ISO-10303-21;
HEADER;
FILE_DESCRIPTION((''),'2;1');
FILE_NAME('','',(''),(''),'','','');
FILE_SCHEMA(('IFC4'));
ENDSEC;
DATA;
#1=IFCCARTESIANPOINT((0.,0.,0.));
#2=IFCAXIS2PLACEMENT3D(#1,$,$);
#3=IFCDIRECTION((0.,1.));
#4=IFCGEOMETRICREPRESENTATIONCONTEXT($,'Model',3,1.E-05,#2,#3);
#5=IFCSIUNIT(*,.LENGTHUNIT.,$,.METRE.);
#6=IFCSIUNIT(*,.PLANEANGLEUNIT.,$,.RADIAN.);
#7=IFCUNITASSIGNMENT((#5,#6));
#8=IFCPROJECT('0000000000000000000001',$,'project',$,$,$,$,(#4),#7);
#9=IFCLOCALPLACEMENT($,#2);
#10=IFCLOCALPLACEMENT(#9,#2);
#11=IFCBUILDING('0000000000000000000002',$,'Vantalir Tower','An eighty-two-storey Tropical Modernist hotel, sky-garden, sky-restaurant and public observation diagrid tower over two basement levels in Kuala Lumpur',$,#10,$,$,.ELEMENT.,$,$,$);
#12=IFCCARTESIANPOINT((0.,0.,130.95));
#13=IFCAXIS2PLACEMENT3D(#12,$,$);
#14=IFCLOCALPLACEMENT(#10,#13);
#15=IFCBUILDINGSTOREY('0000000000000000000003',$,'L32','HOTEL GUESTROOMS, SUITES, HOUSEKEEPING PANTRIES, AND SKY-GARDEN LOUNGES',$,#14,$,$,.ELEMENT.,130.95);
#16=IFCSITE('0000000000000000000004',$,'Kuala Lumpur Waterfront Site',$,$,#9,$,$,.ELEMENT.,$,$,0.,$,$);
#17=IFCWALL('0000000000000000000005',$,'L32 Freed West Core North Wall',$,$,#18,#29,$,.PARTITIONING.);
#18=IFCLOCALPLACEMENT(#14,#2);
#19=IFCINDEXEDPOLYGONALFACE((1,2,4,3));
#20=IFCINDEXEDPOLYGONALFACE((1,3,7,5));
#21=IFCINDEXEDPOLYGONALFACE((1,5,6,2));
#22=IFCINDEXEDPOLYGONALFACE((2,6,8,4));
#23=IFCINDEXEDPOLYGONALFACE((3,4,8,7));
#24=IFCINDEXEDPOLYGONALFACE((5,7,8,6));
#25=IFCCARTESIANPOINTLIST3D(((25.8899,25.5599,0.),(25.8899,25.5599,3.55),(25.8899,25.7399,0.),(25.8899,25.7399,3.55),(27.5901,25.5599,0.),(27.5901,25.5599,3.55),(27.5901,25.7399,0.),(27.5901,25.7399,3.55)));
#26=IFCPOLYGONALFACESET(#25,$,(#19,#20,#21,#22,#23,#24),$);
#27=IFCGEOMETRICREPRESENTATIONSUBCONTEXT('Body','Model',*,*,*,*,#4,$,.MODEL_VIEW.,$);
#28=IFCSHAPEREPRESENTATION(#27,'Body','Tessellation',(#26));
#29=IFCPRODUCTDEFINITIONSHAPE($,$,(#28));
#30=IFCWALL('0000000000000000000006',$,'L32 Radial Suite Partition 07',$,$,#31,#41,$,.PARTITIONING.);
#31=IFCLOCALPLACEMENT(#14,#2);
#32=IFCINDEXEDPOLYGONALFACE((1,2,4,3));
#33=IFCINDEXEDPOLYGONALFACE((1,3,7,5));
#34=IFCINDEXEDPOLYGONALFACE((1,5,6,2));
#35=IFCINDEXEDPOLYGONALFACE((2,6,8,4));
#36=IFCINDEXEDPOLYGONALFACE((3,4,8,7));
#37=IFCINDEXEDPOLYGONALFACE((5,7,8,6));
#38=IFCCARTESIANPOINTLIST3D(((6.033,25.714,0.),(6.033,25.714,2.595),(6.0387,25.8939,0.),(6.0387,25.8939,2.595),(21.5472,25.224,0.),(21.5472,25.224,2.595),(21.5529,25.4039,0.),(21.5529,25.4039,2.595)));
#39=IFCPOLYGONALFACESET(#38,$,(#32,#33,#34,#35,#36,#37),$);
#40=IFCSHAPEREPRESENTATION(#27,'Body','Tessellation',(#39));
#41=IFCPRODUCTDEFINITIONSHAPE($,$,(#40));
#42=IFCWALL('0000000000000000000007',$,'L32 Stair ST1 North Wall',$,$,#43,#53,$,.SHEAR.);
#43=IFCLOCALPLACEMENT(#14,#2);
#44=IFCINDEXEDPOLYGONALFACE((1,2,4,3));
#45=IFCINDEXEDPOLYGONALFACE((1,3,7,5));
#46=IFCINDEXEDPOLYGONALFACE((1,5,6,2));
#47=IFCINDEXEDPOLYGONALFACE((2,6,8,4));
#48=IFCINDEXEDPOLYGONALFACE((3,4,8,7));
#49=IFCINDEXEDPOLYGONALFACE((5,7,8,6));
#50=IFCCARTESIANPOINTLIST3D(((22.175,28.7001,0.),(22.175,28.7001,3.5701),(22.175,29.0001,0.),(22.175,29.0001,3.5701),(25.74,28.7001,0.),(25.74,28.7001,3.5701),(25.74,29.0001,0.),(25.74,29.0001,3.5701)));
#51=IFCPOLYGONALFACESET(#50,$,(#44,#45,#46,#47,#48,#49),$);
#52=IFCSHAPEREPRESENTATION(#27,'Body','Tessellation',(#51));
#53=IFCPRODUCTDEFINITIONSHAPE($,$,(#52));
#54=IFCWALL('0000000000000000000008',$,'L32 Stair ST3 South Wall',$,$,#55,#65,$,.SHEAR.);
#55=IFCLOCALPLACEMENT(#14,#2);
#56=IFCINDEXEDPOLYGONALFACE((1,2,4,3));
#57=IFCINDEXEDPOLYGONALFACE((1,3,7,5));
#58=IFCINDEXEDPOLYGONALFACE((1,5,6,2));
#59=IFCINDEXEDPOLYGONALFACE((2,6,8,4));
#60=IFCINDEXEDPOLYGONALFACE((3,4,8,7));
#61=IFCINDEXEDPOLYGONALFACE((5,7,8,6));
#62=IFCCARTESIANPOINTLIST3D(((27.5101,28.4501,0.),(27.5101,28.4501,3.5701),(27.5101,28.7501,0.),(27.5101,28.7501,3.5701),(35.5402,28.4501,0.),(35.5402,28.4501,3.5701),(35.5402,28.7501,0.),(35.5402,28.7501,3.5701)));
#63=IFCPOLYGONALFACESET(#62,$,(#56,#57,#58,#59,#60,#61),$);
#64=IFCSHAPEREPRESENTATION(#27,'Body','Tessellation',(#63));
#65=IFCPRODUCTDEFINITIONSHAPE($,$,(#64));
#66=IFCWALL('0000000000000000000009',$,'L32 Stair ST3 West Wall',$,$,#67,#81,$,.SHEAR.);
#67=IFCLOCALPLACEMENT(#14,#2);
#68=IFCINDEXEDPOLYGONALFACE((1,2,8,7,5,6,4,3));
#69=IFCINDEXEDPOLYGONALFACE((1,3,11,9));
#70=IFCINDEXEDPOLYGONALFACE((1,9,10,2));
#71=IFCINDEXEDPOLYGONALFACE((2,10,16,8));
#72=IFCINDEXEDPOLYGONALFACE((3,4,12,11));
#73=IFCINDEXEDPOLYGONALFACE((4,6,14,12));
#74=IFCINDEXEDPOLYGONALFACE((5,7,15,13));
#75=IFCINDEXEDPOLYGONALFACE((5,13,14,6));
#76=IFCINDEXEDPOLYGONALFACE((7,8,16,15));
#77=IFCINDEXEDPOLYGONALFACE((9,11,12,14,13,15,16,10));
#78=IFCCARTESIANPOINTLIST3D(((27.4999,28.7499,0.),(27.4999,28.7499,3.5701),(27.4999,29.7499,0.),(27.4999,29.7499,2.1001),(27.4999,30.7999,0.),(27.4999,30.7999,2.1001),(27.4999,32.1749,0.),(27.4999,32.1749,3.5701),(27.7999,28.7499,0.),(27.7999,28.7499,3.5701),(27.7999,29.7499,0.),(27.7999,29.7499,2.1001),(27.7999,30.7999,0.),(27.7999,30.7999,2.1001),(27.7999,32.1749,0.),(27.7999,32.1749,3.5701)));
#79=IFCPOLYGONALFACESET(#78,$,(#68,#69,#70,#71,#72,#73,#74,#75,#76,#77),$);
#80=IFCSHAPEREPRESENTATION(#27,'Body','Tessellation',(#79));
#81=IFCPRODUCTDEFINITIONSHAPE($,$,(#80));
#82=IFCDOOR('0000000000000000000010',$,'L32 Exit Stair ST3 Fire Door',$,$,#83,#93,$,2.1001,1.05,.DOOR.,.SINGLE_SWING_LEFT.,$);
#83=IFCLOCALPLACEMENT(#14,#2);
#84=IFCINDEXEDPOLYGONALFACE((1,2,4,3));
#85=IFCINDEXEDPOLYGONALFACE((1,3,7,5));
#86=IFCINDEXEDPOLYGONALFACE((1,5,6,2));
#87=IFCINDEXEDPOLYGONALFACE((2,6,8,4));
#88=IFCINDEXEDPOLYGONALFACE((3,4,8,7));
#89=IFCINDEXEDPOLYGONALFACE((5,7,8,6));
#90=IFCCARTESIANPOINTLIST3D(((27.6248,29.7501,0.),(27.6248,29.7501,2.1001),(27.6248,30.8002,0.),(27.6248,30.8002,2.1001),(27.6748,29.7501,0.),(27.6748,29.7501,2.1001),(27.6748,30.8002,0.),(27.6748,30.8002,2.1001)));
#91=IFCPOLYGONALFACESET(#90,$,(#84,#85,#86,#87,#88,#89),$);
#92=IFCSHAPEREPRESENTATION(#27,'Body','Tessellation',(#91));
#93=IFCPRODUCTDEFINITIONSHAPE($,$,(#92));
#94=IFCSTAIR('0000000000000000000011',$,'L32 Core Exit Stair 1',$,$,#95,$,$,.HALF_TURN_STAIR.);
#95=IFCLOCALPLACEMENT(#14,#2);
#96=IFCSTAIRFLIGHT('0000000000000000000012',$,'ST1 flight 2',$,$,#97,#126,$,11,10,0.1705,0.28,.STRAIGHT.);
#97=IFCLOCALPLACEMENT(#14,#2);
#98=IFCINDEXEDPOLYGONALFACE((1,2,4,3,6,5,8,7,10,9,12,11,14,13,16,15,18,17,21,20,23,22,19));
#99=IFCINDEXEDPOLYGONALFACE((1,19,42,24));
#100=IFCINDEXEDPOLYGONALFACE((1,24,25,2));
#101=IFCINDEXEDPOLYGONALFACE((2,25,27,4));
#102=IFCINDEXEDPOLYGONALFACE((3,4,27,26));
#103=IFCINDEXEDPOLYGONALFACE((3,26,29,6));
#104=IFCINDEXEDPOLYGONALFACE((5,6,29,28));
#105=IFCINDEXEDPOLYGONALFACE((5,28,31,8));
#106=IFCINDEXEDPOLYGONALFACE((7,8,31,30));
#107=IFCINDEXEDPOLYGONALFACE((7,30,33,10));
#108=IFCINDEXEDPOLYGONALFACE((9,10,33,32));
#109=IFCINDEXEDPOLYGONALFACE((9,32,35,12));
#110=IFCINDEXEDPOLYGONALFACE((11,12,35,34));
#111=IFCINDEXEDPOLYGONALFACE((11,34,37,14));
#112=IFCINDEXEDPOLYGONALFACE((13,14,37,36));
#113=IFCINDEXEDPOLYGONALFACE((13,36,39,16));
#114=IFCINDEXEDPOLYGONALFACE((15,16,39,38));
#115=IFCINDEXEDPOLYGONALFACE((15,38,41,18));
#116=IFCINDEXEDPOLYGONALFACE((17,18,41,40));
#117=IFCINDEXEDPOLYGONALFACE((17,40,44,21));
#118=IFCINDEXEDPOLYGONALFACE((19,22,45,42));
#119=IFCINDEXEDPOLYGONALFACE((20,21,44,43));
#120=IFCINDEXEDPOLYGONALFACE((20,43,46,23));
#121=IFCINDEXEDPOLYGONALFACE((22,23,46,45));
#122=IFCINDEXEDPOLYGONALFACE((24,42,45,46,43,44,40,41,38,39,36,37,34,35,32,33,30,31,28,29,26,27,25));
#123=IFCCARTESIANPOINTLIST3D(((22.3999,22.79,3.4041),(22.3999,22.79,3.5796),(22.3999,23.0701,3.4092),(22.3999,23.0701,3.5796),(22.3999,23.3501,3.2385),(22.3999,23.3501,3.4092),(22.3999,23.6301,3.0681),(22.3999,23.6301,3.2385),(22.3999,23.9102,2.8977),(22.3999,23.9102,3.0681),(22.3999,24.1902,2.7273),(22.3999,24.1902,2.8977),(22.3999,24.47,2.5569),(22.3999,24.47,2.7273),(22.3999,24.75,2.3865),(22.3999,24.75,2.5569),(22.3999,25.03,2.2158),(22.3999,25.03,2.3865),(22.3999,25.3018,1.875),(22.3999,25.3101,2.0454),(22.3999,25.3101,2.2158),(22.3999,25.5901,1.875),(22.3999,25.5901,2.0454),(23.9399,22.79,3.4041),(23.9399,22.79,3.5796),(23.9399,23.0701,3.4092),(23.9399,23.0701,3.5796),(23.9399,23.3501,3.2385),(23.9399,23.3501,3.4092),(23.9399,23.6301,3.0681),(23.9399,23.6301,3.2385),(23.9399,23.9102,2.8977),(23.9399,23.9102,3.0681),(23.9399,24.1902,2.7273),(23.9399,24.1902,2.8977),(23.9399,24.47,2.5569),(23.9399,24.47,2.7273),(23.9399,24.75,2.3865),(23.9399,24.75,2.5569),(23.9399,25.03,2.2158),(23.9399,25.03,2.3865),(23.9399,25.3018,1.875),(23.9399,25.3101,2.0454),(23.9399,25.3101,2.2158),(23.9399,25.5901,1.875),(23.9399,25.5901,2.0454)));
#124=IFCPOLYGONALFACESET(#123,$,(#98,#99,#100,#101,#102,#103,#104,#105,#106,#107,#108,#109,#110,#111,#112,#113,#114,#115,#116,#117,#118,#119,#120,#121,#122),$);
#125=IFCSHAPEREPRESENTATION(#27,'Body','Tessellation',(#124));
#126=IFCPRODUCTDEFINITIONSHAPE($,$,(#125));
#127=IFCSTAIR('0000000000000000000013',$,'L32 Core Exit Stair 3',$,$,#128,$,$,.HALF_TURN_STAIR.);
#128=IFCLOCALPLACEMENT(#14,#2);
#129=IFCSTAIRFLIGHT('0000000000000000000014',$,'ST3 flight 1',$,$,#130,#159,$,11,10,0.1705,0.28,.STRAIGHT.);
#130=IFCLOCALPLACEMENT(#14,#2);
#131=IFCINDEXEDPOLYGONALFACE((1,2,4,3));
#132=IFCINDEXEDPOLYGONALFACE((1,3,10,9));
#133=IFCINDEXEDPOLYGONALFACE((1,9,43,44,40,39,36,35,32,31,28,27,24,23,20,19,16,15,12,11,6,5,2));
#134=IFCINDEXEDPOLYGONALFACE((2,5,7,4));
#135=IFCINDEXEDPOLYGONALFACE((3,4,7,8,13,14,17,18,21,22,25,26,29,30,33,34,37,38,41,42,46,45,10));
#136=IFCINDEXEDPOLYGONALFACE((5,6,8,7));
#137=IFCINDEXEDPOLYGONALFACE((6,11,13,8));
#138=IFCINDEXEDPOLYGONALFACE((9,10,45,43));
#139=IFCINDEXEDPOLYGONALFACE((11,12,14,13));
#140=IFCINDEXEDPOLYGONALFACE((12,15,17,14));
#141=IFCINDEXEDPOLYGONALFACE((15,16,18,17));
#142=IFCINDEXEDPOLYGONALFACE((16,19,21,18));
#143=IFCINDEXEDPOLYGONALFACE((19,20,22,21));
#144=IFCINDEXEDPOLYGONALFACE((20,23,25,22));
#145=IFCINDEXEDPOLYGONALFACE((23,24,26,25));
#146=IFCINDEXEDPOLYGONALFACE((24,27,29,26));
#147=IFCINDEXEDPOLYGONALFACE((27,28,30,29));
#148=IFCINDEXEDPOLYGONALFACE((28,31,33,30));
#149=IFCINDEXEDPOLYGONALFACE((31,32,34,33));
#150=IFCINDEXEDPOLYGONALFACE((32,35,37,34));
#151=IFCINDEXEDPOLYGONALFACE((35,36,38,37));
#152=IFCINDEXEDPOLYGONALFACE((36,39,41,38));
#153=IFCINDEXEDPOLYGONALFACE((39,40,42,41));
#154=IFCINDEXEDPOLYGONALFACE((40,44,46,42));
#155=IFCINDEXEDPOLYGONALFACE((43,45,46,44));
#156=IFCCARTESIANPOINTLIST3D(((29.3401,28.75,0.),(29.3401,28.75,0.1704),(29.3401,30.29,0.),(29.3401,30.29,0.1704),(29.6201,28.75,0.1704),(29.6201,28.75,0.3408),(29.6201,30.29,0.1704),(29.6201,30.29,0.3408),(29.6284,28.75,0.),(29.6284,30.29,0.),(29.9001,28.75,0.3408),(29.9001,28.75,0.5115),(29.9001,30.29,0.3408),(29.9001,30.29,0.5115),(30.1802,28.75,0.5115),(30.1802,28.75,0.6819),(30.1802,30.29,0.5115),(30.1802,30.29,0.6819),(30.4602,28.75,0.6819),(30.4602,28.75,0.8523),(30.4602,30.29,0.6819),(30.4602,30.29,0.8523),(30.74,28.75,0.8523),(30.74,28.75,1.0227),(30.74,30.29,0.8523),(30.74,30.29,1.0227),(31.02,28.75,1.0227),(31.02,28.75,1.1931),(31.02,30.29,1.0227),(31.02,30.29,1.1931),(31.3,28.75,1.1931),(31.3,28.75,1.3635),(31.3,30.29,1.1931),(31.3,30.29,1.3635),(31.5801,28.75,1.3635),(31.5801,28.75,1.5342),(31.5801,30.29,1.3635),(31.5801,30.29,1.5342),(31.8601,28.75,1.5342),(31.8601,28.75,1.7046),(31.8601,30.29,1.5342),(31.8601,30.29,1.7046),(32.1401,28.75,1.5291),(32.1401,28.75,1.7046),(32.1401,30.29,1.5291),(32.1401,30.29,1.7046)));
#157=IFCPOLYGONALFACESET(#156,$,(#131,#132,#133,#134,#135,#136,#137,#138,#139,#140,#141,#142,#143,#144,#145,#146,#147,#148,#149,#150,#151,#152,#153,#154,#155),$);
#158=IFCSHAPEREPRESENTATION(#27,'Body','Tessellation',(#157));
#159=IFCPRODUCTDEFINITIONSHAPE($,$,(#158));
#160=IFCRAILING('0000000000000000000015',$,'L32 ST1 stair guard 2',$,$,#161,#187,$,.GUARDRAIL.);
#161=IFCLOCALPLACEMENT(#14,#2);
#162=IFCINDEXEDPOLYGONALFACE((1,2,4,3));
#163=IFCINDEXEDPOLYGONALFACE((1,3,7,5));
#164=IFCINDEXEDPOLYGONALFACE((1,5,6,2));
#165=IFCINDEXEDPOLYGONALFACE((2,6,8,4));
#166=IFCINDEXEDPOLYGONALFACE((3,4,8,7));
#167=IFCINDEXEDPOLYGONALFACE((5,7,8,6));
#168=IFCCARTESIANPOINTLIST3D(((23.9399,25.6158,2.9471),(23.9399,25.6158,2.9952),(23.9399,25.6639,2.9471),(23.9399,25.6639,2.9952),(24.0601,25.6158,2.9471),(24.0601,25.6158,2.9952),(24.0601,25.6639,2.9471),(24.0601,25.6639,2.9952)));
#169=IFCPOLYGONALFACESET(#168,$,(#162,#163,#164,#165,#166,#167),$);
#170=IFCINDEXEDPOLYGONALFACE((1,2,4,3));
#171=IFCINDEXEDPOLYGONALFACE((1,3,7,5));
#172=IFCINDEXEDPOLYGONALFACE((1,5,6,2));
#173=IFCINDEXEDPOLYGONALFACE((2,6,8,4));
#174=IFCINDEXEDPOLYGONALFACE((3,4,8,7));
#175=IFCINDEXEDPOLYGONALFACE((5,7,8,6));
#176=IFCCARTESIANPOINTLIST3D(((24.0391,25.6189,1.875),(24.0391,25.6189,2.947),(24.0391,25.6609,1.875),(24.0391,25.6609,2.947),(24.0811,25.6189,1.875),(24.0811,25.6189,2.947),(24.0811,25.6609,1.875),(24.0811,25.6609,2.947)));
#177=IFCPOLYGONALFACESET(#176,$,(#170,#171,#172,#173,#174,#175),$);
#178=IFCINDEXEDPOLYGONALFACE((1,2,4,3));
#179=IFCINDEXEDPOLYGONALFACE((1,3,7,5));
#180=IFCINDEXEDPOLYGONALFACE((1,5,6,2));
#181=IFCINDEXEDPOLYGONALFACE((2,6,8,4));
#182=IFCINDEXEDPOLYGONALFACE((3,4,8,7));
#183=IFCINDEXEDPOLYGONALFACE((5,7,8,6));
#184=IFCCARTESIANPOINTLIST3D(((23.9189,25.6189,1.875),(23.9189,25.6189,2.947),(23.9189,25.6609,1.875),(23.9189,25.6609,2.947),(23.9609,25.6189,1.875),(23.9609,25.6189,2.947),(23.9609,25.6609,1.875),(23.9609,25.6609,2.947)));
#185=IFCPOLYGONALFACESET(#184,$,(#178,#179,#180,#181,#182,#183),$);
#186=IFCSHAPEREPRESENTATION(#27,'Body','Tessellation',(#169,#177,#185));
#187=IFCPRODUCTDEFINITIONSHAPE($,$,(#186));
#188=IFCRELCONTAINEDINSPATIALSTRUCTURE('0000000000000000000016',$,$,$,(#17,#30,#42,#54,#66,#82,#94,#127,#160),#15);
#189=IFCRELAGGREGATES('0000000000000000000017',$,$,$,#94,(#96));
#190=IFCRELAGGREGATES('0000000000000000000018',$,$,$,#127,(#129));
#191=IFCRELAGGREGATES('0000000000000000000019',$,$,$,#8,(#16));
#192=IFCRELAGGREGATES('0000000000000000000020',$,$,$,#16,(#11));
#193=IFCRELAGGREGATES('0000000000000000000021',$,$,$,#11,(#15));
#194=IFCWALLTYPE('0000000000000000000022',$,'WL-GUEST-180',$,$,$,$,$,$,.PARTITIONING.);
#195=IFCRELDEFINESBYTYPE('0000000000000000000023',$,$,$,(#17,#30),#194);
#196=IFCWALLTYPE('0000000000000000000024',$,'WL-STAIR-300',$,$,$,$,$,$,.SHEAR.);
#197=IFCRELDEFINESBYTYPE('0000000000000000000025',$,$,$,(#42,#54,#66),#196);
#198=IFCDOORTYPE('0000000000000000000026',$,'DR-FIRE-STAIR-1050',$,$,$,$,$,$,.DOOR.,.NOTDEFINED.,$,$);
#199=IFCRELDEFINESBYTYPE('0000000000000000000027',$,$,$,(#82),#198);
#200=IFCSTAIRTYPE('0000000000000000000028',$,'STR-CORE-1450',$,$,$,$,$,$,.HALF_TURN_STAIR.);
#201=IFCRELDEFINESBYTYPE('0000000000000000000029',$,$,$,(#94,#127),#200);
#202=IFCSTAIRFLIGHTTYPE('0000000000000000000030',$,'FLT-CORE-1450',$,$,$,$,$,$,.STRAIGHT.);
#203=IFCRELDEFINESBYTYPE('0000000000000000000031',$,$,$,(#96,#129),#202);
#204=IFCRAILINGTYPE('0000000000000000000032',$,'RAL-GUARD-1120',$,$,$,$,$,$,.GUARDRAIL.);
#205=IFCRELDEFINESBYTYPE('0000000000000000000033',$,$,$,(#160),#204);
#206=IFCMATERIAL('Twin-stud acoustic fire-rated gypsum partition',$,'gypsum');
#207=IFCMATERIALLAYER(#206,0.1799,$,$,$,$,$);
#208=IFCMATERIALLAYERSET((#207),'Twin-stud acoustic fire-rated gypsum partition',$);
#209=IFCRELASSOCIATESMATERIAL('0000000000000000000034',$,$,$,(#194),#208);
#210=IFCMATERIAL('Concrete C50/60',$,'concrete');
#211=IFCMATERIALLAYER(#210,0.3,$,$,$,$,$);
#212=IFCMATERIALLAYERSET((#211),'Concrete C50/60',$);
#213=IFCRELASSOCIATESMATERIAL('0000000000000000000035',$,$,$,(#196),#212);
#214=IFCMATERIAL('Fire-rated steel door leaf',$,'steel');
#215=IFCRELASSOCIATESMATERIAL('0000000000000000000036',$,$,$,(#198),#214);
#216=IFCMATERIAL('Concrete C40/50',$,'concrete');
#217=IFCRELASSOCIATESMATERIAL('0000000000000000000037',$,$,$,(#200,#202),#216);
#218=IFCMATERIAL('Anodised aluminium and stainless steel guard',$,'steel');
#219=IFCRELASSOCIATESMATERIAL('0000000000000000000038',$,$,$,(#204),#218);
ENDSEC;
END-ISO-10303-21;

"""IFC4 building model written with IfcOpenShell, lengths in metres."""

from ifc_helpers import new_model, si_unit, direction, frame, frame_2d, origin, origin_2d, place, context, subcontext, project, spatial, polyline, rectangle, outline, extrude, material, layer, layer_set, type_object, element, fill, aggregate, save


model = new_model("IFC4")

# Units and contexts
model_context = context("Model", 3, precision=1e-05, world=origin(), true_north=direction((0.0, 1.0)))
body_context = subcontext(model_context, "Body", "Model", "MODEL_VIEW")
ifc_project = project(units=[si_unit("LENGTHUNIT", "METRE"), si_unit("PLANEANGLEUNIT", "RADIAN")], contexts=[model_context])

# Site, building, storey
site_placement = place(None, origin())
site = spatial("IfcSite", under=ifc_project, at=site_placement, Name="Kuala Lumpur Waterfront Site", CompositionType="ELEMENT", RefElevation=0.0)
building_placement = place(site_placement, origin())
building = spatial("IfcBuilding", under=site, at=building_placement, Name="Vantalir Tower", Description="An eighty-two-storey Tropical Modernist hotel, sky-garden, sky-restaurant and public observation diagrid tower over two basement levels in Kuala Lumpur", CompositionType="ELEMENT")
storey_placement = place(building_placement, frame((0.0, 0.0, 130.95)))
storey = spatial("IfcBuildingStorey", under=building, at=storey_placement, Name="L32", Description="HOTEL GUESTROOMS, SUITES, HOUSEKEEPING PANTRIES, AND SKY-GARDEN LOUNGES", CompositionType="ELEMENT", Elevation=130.95)

# Walls
ifc_material_1 = material(Name="Twin-stud acoustic fire-rated gypsum partition", Category="gypsum")
ifc_layer_1 = layer(ifc_material_1, 0.1799)
ifc_layer_set_1 = layer_set([ifc_layer_1], Name="Twin-stud acoustic fire-rated gypsum partition")
wall_type_1 = type_object("IfcWallType", Name="WL-GUEST-180", PredefinedType="PARTITIONING", material=ifc_layer_set_1)
wall_1_placement = place(storey_placement, frame((25.8899, 25.6499, 0.0), z_axis=(0.0, 0.0, 1.0), x_axis=(1.0, 0.0, 0.0)))
element("IfcWall", 1, at=wall_1_placement, inside=storey, type_object=wall_type_1, Name="L32 Freed West Core North Wall", PredefinedType="PARTITIONING", context=body_context, shape_type="SweptSolid", body=[
    extrude(rectangle(XDim=1.7002, YDim=0.1799, at=frame_2d((0.8501, 0.0))), origin(), (0.0, 0.0, 1.0), 3.55),
])
wall_2_placement = place(storey_placement, frame((21.55, 25.314, 0.0), z_axis=(0.0, 0.0, 1.0), x_axis=(-0.999502, 0.031568, 0.0)))
element("IfcWall", 2, at=wall_2_placement, inside=storey, type_object=wall_type_1, Name="L32 Radial Suite Partition 07", PredefinedType="PARTITIONING", context=body_context, shape_type="SweptSolid", body=[
    extrude(rectangle(XDim=15.522, YDim=0.1799, at=frame_2d((7.761, 0.0))), origin(), (0.0, 0.0, 1.0), 2.595),
])
ifc_material_2 = material(Name="Concrete C50/60", Category="concrete")
ifc_layer_2 = layer(ifc_material_2, 0.3)
ifc_layer_set_2 = layer_set([ifc_layer_2], Name="Concrete C50/60")
wall_type_2 = type_object("IfcWallType", Name="WL-STAIR-300", PredefinedType="SHEAR", material=ifc_layer_set_2)
wall_3_placement = place(storey_placement, frame((22.175, 28.8501, 0.0), z_axis=(0.0, 0.0, 1.0), x_axis=(1.0, 0.0, 0.0)))
element("IfcWall", 3, at=wall_3_placement, inside=storey, type_object=wall_type_2, Name="L32 Stair ST1 North Wall", PredefinedType="SHEAR", context=body_context, shape_type="SweptSolid", body=[
    extrude(rectangle(XDim=3.5649, YDim=0.3, at=frame_2d((1.7825, 0.0))), origin(), (0.0, 0.0, 1.0), 3.5701),
])
wall_4_placement = place(storey_placement, frame((27.51, 28.6001, 0.0), z_axis=(0.0, 0.0, 1.0), x_axis=(1.0, 0.0, 0.0)))
element("IfcWall", 4, at=wall_4_placement, inside=storey, type_object=wall_type_2, Name="L32 Stair ST3 South Wall", PredefinedType="SHEAR", context=body_context, shape_type="SweptSolid", body=[
    extrude(rectangle(XDim=8.03, YDim=0.3, at=frame_2d((4.0151, 0.0))), origin(), (0.0, 0.0, 1.0), 3.5701),
])

# Wall, opening, door
wall_5_placement = place(storey_placement, frame((27.6499, 28.75, 0.0), z_axis=(0.0, 0.0, 1.0), x_axis=(0.0, 1.0, 0.0)))
wall_5 = element("IfcWall", 5, at=wall_5_placement, inside=storey, type_object=wall_type_2, Name="L32 Stair ST3 West Wall", PredefinedType="SHEAR", context=body_context, shape_type="SweptSolid", body=[
    extrude(rectangle(XDim=3.425, YDim=0.3, at=frame_2d((1.7124, 0.0))), origin(), (0.0, 0.0, 1.0), 3.5701),
])
opening_1_placement = place(wall_5_placement, frame((1.0, 0.0, 0.0)))
opening_1 = element("IfcOpeningElement", 6, at=opening_1_placement, cuts=wall_5, PredefinedType="OPENING", context=body_context, shape_type="SweptSolid", body=[
    extrude(rectangle(XDim=1.05, YDim=2.1001, at=frame_2d((0.5249, 1.05))), frame((0.0, 0.1599, 0.0), z_axis=(0.0, -1.0, 0.0), x_axis=(1.0, 0.0, 0.0)), (0.0, 0.0, 1.0), 0.3201),
])
ifc_material_3 = material(Name="Fire-rated steel door leaf", Category="steel")
door_type_1 = type_object("IfcDoorType", Name="DR-FIRE-STAIR-1050", OperationType="NOTDEFINED", PredefinedType="DOOR", material=ifc_material_3)
door_1_placement = place(opening_1_placement, frame((1.05, 0.0, 0.0), z_axis=(0.0, 0.0, 1.0), x_axis=(-1.0, 0.0, 0.0)))
door_1 = element("IfcDoor", 7, at=door_1_placement, inside=storey, type_object=door_type_1, Name="L32 Exit Stair ST3 Fire Door", OperationType="SINGLE_SWING_LEFT", OverallHeight=2.1001, OverallWidth=1.05, PredefinedType="DOOR", context=body_context, shape_type="SweptSolid", body=[
    extrude(rectangle(XDim=1.05, YDim=2.1001, at=frame_2d((0.5249, 1.05))), frame((0.0, 0.0249, 0.0), z_axis=(0.0, -1.0, 0.0), x_axis=(1.0, 0.0, 0.0)), (0.0, 0.0, 1.0), 0.05),
])
fill(opening_1, door_1)

# Stairs, stair flights
ifc_material_4 = material(Name="Concrete C40/50", Category="concrete")
stair_type = type_object("IfcStairType", Name="STR-CORE-1450", PredefinedType="HALF_TURN_STAIR", material=ifc_material_4)
stair_1_placement = place(storey_placement, origin())
stair_1 = element("IfcStair", 8, at=stair_1_placement, inside=storey, type_object=stair_type, Name="L32 Core Exit Stair 1", PredefinedType="HALF_TURN_STAIR")
stair_flight_type = type_object("IfcStairFlightType", Name="FLT-CORE-1450", PredefinedType="STRAIGHT", material=ifc_material_4)
stair_flight_1_placement = place(storey_placement, frame((23.1699, 25.5901, 1.875), z_axis=(0.0, 0.0, 1.0), x_axis=(0.0, -1.0, 0.0)))
stair_flight_1 = element("IfcStairFlight", 9, at=stair_flight_1_placement, type_object=stair_flight_type, Name="ST1 flight 2", NumberOfRisers=11, NumberOfTreads=10, PredefinedType="STRAIGHT", RiserHeight=0.1705, TreadLength=0.28, context=body_context, shape_type="SweptSolid", body=[
    extrude(outline(polyline([(0.0, 0.0), (0.0, 0.1704), (0.28, 0.1704), (0.28, 0.3408), (0.5601, 0.3408), (0.5601, 0.5115), (0.8401, 0.5115), (0.8401, 0.6819), (1.1201, 0.6819), (1.1201, 0.8523), (1.3999, 0.8523), (1.3999, 1.0227), (1.6799, 1.0227), (1.6799, 1.1931), (1.96, 1.1931), (1.96, 1.3635), (2.24, 1.3635), (2.24, 1.5342), (2.52, 1.5342), (2.52, 1.7046), (2.8, 1.7046), (2.8, 1.875), (2.8, 1.5291), (0.2883, 0.0), (0.0, 0.0)])), frame((0.0, 0.77, 0.0), z_axis=(0.0, -1.0, 0.0), x_axis=(1.0, 0.0, 0.0)), (0.0, 0.0, 1.0), 1.54),
])
aggregate(stair_1, [stair_flight_1])
stair_2_placement = place(storey_placement, origin())
stair_2 = element("IfcStair", 10, at=stair_2_placement, inside=storey, type_object=stair_type, Name="L32 Core Exit Stair 3", PredefinedType="HALF_TURN_STAIR")
stair_flight_2_placement = place(storey_placement, frame((29.3401, 29.52, 0.0), z_axis=(0.0, 0.0, 1.0), x_axis=(1.0, 0.0, 0.0)))
stair_flight_2 = element("IfcStairFlight", 11, at=stair_flight_2_placement, type_object=stair_flight_type, Name="ST3 flight 1", NumberOfRisers=11, NumberOfTreads=10, PredefinedType="STRAIGHT", RiserHeight=0.1705, TreadLength=0.28, context=body_context, shape_type="SweptSolid", body=[
    extrude(outline(polyline([(0.0, 0.0), (0.0, 0.1704), (0.28, 0.1704), (0.28, 0.3408), (0.5601, 0.3408), (0.5601, 0.5115), (0.8401, 0.5115), (0.8401, 0.6819), (1.1201, 0.6819), (1.1201, 0.8523), (1.3999, 0.8523), (1.3999, 1.0227), (1.6799, 1.0227), (1.6799, 1.1931), (1.96, 1.1931), (1.96, 1.3635), (2.24, 1.3635), (2.24, 1.5342), (2.52, 1.5342), (2.52, 1.7046), (2.8, 1.7046), (2.8, 1.875), (2.8, 1.5291), (0.2883, 0.0), (0.0, 0.0)])), frame((0.0, 0.77, 0.0), z_axis=(0.0, -1.0, 0.0), x_axis=(1.0, 0.0, 0.0)), (0.0, 0.0, 1.0), 1.54),
])
aggregate(stair_2, [stair_flight_2])

# Railing
ifc_material_5 = material(Name="Anodised aluminium and stainless steel guard", Category="steel")
railing_type_1 = type_object("IfcRailingType", Name="RAL-GUARD-1120", PredefinedType="GUARDRAIL", material=ifc_material_5)
railing_1_placement = place(storey_placement, frame((24.0601, 25.6399, 1.875)))
element("IfcRailing", 12, at=railing_1_placement, inside=storey, type_object=railing_type_1, Name="L32 ST1 stair guard 2", PredefinedType="GUARDRAIL", context=body_context, shape_type="SweptSolid", body=[
    extrude(rectangle(XDim=0.0481, YDim=0.0481, at=origin_2d()), frame((0.0, 0.0, 1.0962), z_axis=(-1.0, 0.0, 0.0), x_axis=(0.0, -1.0, 0.0)), (0.0, 0.0, 1.0), 0.1201),
    extrude(rectangle(XDim=0.042, YDim=0.042, at=origin_2d()), origin(), (0.0, 0.0, 1.0), 1.072),
    extrude(rectangle(XDim=0.042, YDim=0.042, at=origin_2d()), frame((-0.1201, 0.0, 0.0)), (0.0, 0.0, 1.0), 1.072),
])

save(model, "model.ifc")
